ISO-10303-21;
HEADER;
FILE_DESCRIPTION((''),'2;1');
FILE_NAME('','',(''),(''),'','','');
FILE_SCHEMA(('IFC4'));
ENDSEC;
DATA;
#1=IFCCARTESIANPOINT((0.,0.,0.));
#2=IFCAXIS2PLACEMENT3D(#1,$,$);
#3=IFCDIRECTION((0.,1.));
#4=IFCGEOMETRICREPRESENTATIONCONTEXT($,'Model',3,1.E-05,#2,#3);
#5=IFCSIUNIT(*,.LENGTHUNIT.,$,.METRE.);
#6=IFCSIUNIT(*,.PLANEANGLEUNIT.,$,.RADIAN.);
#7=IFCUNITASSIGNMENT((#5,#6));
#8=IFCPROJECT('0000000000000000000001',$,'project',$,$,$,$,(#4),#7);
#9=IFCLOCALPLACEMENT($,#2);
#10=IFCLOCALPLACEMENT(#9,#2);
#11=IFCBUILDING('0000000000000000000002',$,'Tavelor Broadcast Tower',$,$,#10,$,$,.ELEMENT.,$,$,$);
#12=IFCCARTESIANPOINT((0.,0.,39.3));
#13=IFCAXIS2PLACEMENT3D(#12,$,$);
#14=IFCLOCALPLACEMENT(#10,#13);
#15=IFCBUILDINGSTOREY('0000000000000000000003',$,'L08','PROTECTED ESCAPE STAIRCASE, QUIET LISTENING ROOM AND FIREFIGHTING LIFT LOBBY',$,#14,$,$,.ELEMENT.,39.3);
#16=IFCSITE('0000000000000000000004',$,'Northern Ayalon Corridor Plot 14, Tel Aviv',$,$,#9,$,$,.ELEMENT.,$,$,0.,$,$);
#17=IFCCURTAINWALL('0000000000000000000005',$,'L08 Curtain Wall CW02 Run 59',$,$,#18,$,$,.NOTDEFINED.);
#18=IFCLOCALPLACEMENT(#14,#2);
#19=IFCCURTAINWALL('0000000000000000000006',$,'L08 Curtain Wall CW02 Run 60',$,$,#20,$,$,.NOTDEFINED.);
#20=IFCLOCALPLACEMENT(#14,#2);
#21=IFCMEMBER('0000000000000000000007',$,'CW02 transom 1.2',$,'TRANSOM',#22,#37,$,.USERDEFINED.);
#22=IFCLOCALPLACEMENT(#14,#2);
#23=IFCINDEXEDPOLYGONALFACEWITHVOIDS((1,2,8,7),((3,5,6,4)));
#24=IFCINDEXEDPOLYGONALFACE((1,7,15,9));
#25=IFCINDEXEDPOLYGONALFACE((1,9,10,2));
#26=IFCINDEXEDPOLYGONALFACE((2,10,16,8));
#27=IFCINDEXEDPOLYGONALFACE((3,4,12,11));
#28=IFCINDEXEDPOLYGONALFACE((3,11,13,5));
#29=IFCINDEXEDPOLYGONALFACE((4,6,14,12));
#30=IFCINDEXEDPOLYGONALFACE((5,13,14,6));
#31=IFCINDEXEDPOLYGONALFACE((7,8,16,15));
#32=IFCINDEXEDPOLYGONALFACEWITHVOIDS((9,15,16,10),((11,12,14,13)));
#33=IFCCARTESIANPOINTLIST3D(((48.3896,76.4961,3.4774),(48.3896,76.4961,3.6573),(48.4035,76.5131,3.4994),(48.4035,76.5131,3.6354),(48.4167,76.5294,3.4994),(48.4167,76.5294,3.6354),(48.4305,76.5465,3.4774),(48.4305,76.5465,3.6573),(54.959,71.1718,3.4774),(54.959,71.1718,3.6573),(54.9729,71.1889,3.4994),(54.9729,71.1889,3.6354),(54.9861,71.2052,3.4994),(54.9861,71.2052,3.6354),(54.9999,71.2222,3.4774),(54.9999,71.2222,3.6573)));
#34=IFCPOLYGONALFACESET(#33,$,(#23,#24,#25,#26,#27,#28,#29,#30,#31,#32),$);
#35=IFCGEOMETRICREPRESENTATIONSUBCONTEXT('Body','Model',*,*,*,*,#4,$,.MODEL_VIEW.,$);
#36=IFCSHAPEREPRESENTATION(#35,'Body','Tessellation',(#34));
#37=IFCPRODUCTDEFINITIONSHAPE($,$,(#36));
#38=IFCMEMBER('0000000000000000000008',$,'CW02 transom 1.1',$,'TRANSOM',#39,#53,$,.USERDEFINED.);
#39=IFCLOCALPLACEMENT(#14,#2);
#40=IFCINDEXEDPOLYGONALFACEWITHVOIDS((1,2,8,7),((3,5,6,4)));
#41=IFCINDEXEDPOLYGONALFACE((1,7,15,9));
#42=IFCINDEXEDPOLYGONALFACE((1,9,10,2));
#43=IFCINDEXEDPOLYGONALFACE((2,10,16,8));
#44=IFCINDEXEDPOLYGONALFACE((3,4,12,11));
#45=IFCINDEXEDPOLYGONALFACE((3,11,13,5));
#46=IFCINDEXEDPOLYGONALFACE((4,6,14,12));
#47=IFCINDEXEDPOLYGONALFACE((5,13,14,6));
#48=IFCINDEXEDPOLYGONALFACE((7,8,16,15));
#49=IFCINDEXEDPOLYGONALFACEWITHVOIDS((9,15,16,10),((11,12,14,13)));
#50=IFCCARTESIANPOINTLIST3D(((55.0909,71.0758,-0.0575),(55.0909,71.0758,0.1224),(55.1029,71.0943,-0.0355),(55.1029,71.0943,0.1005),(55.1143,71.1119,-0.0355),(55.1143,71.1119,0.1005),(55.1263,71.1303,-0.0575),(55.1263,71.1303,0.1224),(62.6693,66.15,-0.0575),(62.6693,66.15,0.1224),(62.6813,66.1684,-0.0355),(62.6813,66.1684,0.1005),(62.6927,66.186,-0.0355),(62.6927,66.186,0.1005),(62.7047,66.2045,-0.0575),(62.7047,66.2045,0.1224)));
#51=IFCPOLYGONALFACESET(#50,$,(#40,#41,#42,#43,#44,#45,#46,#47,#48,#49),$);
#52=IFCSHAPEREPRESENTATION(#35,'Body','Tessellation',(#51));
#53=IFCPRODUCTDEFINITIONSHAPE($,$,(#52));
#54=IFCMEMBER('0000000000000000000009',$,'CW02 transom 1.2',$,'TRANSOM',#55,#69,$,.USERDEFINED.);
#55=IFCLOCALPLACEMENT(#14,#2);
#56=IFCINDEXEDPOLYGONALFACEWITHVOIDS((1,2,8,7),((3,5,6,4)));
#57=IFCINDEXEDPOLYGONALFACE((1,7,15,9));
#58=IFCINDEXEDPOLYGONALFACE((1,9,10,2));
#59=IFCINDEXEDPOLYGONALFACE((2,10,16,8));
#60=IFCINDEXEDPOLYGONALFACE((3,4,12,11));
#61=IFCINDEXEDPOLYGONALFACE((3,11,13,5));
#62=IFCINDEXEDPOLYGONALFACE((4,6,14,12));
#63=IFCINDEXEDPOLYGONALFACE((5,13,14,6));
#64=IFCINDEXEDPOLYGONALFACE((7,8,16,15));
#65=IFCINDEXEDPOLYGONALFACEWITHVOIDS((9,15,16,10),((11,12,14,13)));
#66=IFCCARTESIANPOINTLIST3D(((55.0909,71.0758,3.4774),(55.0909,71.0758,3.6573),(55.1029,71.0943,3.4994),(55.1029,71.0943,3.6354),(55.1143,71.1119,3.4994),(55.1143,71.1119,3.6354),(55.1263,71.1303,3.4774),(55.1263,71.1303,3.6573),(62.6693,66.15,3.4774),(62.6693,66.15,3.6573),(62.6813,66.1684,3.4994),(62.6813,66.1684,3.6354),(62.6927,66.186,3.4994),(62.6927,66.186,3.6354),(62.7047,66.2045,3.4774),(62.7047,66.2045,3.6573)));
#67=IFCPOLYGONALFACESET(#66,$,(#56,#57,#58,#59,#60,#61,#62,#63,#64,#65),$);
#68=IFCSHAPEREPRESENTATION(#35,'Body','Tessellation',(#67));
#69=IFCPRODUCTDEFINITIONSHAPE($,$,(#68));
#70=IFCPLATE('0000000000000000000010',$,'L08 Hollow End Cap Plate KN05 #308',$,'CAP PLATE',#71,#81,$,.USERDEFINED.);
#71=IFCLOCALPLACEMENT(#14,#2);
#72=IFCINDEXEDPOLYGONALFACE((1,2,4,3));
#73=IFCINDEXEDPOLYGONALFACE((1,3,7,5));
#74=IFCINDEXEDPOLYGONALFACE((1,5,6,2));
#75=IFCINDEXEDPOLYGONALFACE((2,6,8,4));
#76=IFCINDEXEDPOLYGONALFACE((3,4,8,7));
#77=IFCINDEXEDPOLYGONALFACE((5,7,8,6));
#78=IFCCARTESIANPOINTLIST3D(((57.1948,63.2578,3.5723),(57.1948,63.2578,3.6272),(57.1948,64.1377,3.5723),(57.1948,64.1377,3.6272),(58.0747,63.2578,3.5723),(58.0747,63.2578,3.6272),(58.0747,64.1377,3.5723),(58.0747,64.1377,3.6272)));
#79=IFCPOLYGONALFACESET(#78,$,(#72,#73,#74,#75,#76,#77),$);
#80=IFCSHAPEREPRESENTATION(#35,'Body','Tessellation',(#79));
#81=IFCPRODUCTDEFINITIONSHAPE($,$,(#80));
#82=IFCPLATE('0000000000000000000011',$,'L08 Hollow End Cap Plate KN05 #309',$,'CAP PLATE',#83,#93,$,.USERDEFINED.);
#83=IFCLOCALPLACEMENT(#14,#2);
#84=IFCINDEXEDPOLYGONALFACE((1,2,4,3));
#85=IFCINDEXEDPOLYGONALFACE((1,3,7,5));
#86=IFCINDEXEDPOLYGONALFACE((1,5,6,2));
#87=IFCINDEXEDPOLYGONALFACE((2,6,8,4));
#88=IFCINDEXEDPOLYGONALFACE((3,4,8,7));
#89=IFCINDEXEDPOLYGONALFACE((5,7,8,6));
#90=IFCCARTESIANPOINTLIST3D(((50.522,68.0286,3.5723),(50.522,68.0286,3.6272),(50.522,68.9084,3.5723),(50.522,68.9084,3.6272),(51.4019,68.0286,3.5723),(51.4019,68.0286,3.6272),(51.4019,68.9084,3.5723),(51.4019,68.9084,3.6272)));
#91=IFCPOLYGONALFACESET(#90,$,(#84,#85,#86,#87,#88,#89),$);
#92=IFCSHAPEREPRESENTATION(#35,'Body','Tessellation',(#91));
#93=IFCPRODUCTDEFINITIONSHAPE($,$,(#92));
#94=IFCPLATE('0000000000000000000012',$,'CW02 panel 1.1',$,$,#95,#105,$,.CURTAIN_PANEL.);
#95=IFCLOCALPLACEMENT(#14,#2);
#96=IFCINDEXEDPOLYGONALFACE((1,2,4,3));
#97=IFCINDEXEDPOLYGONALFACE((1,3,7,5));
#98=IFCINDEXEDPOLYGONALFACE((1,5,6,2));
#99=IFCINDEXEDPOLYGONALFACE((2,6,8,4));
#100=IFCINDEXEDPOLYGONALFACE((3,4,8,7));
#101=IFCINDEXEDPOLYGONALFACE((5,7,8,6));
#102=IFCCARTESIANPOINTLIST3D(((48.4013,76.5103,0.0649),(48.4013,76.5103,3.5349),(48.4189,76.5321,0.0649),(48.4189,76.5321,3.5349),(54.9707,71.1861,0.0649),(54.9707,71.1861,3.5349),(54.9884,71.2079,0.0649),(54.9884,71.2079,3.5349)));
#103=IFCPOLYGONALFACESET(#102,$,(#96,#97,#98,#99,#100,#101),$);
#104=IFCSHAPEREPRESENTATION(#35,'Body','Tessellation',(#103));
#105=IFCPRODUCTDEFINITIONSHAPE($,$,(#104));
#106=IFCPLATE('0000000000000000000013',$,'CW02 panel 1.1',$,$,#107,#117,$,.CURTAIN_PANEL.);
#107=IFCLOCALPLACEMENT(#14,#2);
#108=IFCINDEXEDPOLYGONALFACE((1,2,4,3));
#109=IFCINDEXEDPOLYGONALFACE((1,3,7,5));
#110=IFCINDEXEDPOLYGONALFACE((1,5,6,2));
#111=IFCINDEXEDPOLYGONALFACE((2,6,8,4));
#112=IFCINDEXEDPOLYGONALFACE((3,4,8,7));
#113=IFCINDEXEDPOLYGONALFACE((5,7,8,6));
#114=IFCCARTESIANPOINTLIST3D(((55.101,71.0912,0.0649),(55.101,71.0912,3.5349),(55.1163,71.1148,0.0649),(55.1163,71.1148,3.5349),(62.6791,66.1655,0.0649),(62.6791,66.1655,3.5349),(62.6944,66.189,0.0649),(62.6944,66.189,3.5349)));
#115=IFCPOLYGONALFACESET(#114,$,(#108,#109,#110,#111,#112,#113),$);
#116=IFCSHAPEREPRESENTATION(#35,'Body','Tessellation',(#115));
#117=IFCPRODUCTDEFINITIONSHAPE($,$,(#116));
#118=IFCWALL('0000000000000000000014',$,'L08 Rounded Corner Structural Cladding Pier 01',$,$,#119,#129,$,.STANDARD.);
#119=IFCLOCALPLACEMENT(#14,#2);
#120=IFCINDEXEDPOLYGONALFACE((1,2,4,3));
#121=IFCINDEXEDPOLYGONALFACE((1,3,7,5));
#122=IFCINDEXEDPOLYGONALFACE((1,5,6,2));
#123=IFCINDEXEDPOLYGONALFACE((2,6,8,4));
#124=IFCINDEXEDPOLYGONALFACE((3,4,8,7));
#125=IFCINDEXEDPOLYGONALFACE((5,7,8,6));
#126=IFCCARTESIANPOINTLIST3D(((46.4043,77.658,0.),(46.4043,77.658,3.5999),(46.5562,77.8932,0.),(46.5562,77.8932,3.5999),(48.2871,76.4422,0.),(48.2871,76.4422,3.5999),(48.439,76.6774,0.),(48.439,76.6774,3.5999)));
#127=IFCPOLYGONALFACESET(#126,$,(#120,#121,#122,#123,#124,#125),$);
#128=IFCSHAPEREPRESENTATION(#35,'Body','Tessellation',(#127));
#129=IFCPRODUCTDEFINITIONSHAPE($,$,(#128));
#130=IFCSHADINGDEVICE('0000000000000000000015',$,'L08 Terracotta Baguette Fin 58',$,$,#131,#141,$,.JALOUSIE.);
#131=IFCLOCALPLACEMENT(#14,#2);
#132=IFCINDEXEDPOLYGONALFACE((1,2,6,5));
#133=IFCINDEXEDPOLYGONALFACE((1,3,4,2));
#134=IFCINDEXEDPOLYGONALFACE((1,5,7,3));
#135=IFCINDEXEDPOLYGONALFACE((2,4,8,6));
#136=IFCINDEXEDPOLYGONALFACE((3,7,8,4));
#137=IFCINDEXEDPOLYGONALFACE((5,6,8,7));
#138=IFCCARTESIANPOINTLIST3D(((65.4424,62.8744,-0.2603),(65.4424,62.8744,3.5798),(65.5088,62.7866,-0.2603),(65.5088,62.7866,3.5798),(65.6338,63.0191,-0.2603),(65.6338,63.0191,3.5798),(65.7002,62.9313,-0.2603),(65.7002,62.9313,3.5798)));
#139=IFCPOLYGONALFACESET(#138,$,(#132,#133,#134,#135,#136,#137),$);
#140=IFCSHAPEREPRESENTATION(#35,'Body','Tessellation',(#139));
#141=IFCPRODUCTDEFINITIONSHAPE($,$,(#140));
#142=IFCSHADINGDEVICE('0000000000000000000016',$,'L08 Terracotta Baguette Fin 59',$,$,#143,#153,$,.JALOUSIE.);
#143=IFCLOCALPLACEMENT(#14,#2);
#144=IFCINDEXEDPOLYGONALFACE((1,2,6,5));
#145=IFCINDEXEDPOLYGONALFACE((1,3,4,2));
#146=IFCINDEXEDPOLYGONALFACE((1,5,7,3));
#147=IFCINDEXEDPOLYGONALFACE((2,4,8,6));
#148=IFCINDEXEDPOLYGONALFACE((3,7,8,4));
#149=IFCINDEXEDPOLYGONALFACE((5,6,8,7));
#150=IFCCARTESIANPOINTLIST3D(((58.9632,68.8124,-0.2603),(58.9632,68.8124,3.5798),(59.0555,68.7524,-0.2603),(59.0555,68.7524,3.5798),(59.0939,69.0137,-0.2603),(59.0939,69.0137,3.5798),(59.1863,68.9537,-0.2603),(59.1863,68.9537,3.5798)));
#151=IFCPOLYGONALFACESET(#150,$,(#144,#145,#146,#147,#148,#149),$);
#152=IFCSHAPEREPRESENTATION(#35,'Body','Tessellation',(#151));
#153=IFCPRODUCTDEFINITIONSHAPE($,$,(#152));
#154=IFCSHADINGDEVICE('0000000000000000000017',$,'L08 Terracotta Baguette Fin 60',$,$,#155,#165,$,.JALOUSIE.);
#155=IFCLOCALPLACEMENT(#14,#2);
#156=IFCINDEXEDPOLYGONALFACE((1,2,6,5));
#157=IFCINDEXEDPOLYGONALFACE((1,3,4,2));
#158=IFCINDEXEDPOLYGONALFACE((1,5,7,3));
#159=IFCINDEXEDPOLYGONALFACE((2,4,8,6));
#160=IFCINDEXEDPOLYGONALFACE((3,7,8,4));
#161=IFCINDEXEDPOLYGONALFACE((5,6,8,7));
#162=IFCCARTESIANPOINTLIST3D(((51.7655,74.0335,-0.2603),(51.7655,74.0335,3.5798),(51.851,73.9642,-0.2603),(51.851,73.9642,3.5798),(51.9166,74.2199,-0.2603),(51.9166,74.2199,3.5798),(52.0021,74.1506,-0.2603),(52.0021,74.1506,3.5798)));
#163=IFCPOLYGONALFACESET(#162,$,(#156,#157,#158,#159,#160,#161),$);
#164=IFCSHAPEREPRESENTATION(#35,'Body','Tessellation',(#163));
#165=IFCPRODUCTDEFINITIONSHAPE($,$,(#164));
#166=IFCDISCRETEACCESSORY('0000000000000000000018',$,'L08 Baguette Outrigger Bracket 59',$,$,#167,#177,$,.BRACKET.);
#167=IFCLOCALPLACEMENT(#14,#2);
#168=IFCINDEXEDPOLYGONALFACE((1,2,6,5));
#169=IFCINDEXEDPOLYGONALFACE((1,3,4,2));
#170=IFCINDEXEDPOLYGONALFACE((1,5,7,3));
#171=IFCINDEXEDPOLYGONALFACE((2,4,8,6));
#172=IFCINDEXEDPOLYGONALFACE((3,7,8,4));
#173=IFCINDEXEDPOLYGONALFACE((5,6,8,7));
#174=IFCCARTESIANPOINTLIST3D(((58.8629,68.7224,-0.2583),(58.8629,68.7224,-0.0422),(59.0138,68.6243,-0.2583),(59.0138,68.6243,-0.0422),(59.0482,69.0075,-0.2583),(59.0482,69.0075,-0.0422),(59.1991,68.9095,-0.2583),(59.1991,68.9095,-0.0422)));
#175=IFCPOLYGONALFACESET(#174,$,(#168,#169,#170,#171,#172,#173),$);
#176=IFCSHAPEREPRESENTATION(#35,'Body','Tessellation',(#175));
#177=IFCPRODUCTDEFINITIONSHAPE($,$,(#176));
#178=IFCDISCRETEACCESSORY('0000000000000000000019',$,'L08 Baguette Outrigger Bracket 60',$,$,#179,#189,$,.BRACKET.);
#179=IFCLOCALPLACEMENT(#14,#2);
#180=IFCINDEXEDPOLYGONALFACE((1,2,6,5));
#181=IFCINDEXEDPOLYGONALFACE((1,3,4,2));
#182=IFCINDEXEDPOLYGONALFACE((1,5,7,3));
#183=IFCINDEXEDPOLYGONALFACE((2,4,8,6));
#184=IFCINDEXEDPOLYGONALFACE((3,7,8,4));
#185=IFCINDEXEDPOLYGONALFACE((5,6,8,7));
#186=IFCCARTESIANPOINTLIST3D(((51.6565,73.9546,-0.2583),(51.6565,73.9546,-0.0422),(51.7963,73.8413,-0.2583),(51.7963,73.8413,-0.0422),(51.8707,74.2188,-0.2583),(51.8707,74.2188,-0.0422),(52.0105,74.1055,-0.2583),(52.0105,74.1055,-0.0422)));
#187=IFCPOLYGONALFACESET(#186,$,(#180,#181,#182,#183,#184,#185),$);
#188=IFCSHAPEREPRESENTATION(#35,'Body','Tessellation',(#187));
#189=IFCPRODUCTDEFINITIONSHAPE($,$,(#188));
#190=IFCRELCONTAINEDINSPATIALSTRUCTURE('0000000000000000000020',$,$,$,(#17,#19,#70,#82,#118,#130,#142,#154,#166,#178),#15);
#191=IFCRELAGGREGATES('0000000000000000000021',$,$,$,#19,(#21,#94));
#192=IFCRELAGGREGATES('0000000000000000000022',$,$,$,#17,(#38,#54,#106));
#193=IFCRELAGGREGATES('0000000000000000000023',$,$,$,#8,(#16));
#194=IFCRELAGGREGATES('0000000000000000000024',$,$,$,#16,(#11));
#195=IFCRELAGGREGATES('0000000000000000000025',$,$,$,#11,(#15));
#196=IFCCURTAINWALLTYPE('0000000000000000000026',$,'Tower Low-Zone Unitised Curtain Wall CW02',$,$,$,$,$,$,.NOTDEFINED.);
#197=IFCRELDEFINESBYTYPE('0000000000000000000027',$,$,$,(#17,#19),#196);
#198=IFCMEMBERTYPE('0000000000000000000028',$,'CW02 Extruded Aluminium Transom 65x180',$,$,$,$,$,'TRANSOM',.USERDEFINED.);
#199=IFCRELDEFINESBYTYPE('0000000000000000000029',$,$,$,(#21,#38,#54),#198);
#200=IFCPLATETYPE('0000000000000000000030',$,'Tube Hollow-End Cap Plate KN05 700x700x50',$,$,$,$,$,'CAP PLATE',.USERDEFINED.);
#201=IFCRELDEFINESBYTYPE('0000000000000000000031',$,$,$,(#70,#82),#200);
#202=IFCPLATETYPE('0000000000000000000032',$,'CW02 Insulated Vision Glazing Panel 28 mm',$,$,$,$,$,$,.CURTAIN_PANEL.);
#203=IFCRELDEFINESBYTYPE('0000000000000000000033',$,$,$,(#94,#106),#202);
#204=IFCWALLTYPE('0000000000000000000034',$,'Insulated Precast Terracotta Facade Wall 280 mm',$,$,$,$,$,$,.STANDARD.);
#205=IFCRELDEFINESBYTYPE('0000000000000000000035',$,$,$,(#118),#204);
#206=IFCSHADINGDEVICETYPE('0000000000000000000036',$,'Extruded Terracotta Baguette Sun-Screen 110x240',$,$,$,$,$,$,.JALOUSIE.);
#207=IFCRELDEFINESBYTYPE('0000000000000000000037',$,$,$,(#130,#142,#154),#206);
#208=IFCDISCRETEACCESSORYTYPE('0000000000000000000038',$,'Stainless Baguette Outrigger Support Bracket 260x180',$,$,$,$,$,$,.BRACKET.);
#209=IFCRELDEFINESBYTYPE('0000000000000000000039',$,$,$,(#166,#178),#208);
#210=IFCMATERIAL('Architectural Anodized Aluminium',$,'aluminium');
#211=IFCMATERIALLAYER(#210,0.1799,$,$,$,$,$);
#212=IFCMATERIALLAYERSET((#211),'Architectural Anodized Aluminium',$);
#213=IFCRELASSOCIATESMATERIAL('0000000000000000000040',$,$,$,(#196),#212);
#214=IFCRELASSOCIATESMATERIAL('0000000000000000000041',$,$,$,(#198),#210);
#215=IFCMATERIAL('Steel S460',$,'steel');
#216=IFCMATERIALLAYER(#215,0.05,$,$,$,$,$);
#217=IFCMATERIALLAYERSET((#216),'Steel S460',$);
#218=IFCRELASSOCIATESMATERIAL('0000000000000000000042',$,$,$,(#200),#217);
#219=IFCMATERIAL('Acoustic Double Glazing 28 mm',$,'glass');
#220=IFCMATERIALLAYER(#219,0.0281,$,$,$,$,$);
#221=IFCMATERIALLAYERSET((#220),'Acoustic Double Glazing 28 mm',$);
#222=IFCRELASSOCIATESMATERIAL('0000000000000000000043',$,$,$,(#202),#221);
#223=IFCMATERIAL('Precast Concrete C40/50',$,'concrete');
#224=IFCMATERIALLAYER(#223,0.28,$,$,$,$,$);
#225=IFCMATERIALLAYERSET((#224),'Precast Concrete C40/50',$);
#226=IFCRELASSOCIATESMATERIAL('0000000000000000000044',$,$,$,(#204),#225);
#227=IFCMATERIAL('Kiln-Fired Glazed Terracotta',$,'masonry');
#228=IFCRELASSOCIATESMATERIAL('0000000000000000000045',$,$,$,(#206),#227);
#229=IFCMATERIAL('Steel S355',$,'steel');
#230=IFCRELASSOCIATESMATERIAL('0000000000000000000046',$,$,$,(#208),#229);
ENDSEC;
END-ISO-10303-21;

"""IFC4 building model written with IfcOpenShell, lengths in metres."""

from ifc_helpers import new_model, si_unit, direction, frame, frame_2d, origin, origin_2d, place, context, subcontext, project, spatial, rectangle, hollow_rectangle, extrude, source, transform, mapped, material, layer, layer_set, material_profile, profile_set, type_object, type_shapes, element, aggregate, save


model = new_model("IFC4")

# Units and contexts
model_context = context("Model", 3, precision=1e-05, world=origin(), true_north=direction((0.0, 1.0)))
body_context = subcontext(model_context, "Body", "Model", "MODEL_VIEW")
ifc_project = project(units=[si_unit("LENGTHUNIT", "METRE"), si_unit("PLANEANGLEUNIT", "RADIAN")], contexts=[model_context])

# Site, building, storey
site_placement = place(None, origin())
site = spatial("IfcSite", under=ifc_project, at=site_placement, Name="Northern Ayalon Corridor Plot 14, Tel Aviv", CompositionType="ELEMENT", RefElevation=0.0)
building_placement = place(site_placement, origin())
building = spatial("IfcBuilding", under=site, at=building_placement, Name="Tavelor Broadcast Tower", CompositionType="ELEMENT")
storey_placement = place(building_placement, frame((0.0, 0.0, 39.3)))
storey = spatial("IfcBuildingStorey", under=building, at=storey_placement, Name="L08", Description="PROTECTED ESCAPE STAIRCASE, QUIET LISTENING ROOM AND FIREFIGHTING LIFT LOBBY", CompositionType="ELEMENT", Elevation=39.3)

# Shared definitions
ifc_material_1 = material(Name="Steel S460", Category="steel")

# Shared definitions
ifc_material_2 = material(Name="Steel S355", Category="steel")

# Shared definitions
ifc_material_3 = material(Name="Architectural Anodized Aluminium", Category="aluminium")
ifc_layer_1 = layer(ifc_material_3, 0.1799)
ifc_layer_set_1 = layer_set([ifc_layer_1], Name="Architectural Anodized Aluminium")
curtain_wall_type = type_object("IfcCurtainWallType", Name="Tower Low-Zone Unitised Curtain Wall CW02", PredefinedType="NOTDEFINED", material=ifc_layer_set_1)

# Curtain walls, member
curtain_wall_1_placement = place(storey_placement, origin())
curtain_wall_1 = element("IfcCurtainWall", 1, at=curtain_wall_1_placement, inside=storey, type_object=curtain_wall_type, Name="L08 Curtain Wall CW02 Run 59", PredefinedType="NOTDEFINED")
curtain_wall_2_placement = place(storey_placement, origin())
curtain_wall_2 = element("IfcCurtainWall", 2, at=curtain_wall_2_placement, inside=storey, type_object=curtain_wall_type, Name="L08 Curtain Wall CW02 Run 60", PredefinedType="NOTDEFINED")
ifc_material_profile_1 = material_profile(ifc_material_3, hollow_rectangle(XDim=0.0649, YDim=0.1799, WallThickness=0.022, at=origin_2d()), Name="RHS 65x180x22")
ifc_profile_set_1 = profile_set([ifc_material_profile_1], Name="Architectural Anodized Aluminium")
member_type_1 = type_object("IfcMemberType", Name="CW02 Extruded Aluminium Transom 65x180", ElementType="TRANSOM", PredefinedType="USERDEFINED", material=ifc_profile_set_1)
shared_shape_1 = source(origin(), body_context, "Body", "SweptSolid", [
    extrude(hollow_rectangle(XDim=0.0649, YDim=0.1799, WallThickness=0.022, at=origin_2d()), origin(), (0.0, 0.0, 1.0), 8.4561),
])
member_1_placement = place(storey_placement, frame((54.9795, 71.197, 3.5674), z_axis=(-0.776887, 0.62964, 0.0), x_axis=(-0.62964, -0.776887, 0.0)))
member_1 = element("IfcMember", 3, at=member_1_placement, type_object=member_type_1, Name="CW02 transom 1.2", ObjectType="TRANSOM", PredefinedType="USERDEFINED", context=body_context, shape_type="MappedRepresentation", body=[
    mapped(shared_shape_1, transform((0.0, 0.0, 0.0), scale=1.0)),
])

# Members
shared_shape_2 = source(origin(), body_context, "Body", "SweptSolid", [
    extrude(hollow_rectangle(XDim=0.0649, YDim=0.1799, WallThickness=0.022, at=origin_2d()), origin(), (0.0, 0.0, 1.0), 9.0386),
])
type_shapes(member_type_1, [shared_shape_1, shared_shape_2])
member_2_placement = place(storey_placement, frame((62.687, 66.1772, 0.0325), z_axis=(-0.838452, 0.544976, 0.0), x_axis=(-0.544976, -0.838452, 0.0)))
member_2 = element("IfcMember", 4, at=member_2_placement, type_object=member_type_1, Name="CW02 transom 1.1", ObjectType="TRANSOM", PredefinedType="USERDEFINED", context=body_context, shape_type="MappedRepresentation", body=[
    mapped(shared_shape_2, transform((0.0, 0.0, 0.0), scale=1.0)),
])
member_3_placement = place(storey_placement, frame((62.687, 66.1772, 3.5674), z_axis=(-0.838452, 0.544976, 0.0), x_axis=(-0.544976, -0.838452, 0.0)))
member_3 = element("IfcMember", 5, at=member_3_placement, type_object=member_type_1, Name="CW02 transom 1.2", ObjectType="TRANSOM", PredefinedType="USERDEFINED", context=body_context, shape_type="MappedRepresentation", body=[
    mapped(shared_shape_2, transform((0.0, 0.0, 0.0), scale=1.0)),
])

# Plates
ifc_layer_2 = layer(ifc_material_1, 0.05)
ifc_layer_set_2 = layer_set([ifc_layer_2], Name="Steel S460")
plate_type_1 = type_object("IfcPlateType", Name="Tube Hollow-End Cap Plate KN05 700x700x50", ElementType="CAP PLATE", PredefinedType="USERDEFINED", material=ifc_layer_set_2)
shared_shape_3 = source(origin(), body_context, "Body", "SweptSolid", [
    extrude(rectangle(XDim=0.8799, YDim=0.8799, at=origin_2d()), origin(), (0.0, 0.0, 1.0), 0.0549),
])
type_shapes(plate_type_1, [shared_shape_3])
for number, where, z_axis, x_axis, name in (
    (6, (57.6348, 63.6978, 3.5723), (0.0, 0.0, 1.0), (1.0, 0.0, 0.0), "L08 Hollow End Cap Plate KN05 #308"),
    (7, (50.9619, 68.4685, 3.5723), (0.0, 0.0, 1.0), (1.0, 0.0, 0.0), "L08 Hollow End Cap Plate KN05 #309"),
):
    element("IfcPlate", number, at=place(storey_placement, frame(where, z_axis=z_axis, x_axis=x_axis)), inside=storey, type_object=plate_type_1, Name=name, ObjectType="CAP PLATE", PredefinedType="USERDEFINED", context=body_context, shape_type="MappedRepresentation", body=[
        mapped(shared_shape_3, transform((0.0, 0.0, 0.0), scale=1.0)),
    ])

# Plates
ifc_material_4 = material(Name="Acoustic Double Glazing 28 mm", Category="glass")
ifc_layer_3 = layer(ifc_material_4, 0.0281)
ifc_layer_set_3 = layer_set([ifc_layer_3], Name="Acoustic Double Glazing 28 mm")
plate_type_2 = type_object("IfcPlateType", Name="CW02 Insulated Vision Glazing Panel 28 mm", PredefinedType="CURTAIN_PANEL", material=ifc_layer_set_3)
shared_shape_4 = source(origin(), body_context, "Body", "SweptSolid", [
    extrude(rectangle(XDim=8.4561, YDim=0.0281, at=origin_2d()), origin(), (0.0, 0.0, 1.0), 3.47),
])
plate_1_placement = place(storey_placement, frame((51.6948, 73.8591, 0.0649), z_axis=(0.0, 0.0, 1.0), x_axis=(-0.776894, 0.629631, 0.0)))
plate_1 = element("IfcPlate", 8, at=plate_1_placement, type_object=plate_type_2, Name="CW02 panel 1.1", PredefinedType="CURTAIN_PANEL", context=body_context, shape_type="MappedRepresentation", body=[
    mapped(shared_shape_4, transform((0.0, 0.0, 0.0), scale=1.0)),
])
aggregate(curtain_wall_2, [member_1, plate_1])
shared_shape_5 = source(origin(), body_context, "Body", "SweptSolid", [
    extrude(rectangle(XDim=9.0383, YDim=0.0281, at=origin_2d()), origin(), (0.0, 0.0, 1.0), 3.47),
])
type_shapes(plate_type_2, [shared_shape_4, shared_shape_5])
plate_2_placement = place(storey_placement, frame((58.8977, 68.6401, 0.0649), z_axis=(0.0, 0.0, 1.0), x_axis=(-0.838448, 0.544982, 0.0)))
plate_2 = element("IfcPlate", 9, at=plate_2_placement, type_object=plate_type_2, Name="CW02 panel 1.1", PredefinedType="CURTAIN_PANEL", context=body_context, shape_type="MappedRepresentation", body=[
    mapped(shared_shape_5, transform((0.0, 0.0, 0.0), scale=1.0)),
])
aggregate(curtain_wall_1, [member_2, member_3, plate_2])

# Wall
ifc_material_5 = material(Name="Precast Concrete C40/50", Category="concrete")
ifc_layer_4 = layer(ifc_material_5, 0.28)
ifc_layer_set_4 = layer_set([ifc_layer_4], Name="Precast Concrete C40/50")
wall_type = type_object("IfcWallType", Name="Insulated Precast Terracotta Facade Wall 280 mm", PredefinedType="STANDARD", material=ifc_layer_set_4)
wall_placement = place(storey_placement, frame((48.363, 76.5598, 0.0), z_axis=(0.0, 0.0, 1.0), x_axis=(-0.840072, 0.542474, 0.0)))
element("IfcWall", 10, at=wall_placement, inside=storey, type_object=wall_type, Name="L08 Rounded Corner Structural Cladding Pier 01", PredefinedType="STANDARD", context=body_context, shape_type="SweptSolid", body=[
    extrude(rectangle(XDim=2.2412, YDim=0.28, at=frame_2d((1.1206, 0.0))), origin(), (0.0, 0.0, 1.0), 3.5999),
])

# Shading devices
ifc_material_6 = material(Name="Kiln-Fired Glazed Terracotta", Category="masonry")
shading_device_type = type_object("IfcShadingDeviceType", Name="Extruded Terracotta Baguette Sun-Screen 110x240", PredefinedType="JALOUSIE", material=ifc_material_6)
shared_shape_6 = source(origin(), body_context, "Body", "SweptSolid", [
    extrude(rectangle(XDim=0.1101, YDim=0.24, at=origin_2d()), origin(), (0.0, 0.0, 1.0), 3.8401),
])
type_shapes(shading_device_type, [shared_shape_6])
for number, where, z_axis, x_axis, name in (
    (11, (65.5713, 62.9028, -0.2603), (0.0, 0.0, 1.0), (-0.60293, 0.797794, 0.0), "L08 Terracotta Baguette Fin 58"),
    (12, (59.0747, 68.8831, -0.2603), (0.0, 0.0, 1.0), (-0.83848, 0.544932, 0.0), "L08 Terracotta Baguette Fin 59"),
    (13, (51.8838, 74.092, -0.2603), (0.0, 0.0, 1.0), (-0.776926, 0.629592, 0.0), "L08 Terracotta Baguette Fin 60"),
):
    element("IfcShadingDevice", number, at=place(storey_placement, frame(where, z_axis=z_axis, x_axis=x_axis)), inside=storey, type_object=shading_device_type, Name=name, PredefinedType="JALOUSIE", context=body_context, shape_type="MappedRepresentation", body=[
        mapped(shared_shape_6, transform((0.0, 0.0, 0.0), scale=1.0)),
    ])

# Discrete accessories
discrete_accessory_type = type_object("IfcDiscreteAccessoryType", Name="Stainless Baguette Outrigger Support Bracket 260x180", PredefinedType="BRACKET", material=ifc_material_2)
shared_shape_7 = source(origin(), body_context, "Body", "SweptSolid", [
    extrude(rectangle(XDim=0.1799, YDim=0.3401, at=origin_2d()), origin(), (0.0, 0.0, 1.0), 0.2161),
])
type_shapes(discrete_accessory_type, [shared_shape_7])
for number, where, z_axis, x_axis, name in (
    (14, (59.031, 68.8159, -0.2583), (0.0, 0.0, 1.0), (-0.83848, 0.544932, 0.0), "L08 Baguette Outrigger Bracket 59"),
    (15, (51.8335, 74.03, -0.2583), (0.0, 0.0, 1.0), (-0.776926, 0.629592, 0.0), "L08 Baguette Outrigger Bracket 60"),
):
    element("IfcDiscreteAccessory", number, at=place(storey_placement, frame(where, z_axis=z_axis, x_axis=x_axis)), inside=storey, type_object=discrete_accessory_type, Name=name, PredefinedType="BRACKET", context=body_context, shape_type="MappedRepresentation", body=[
        mapped(shared_shape_7, transform((0.0, 0.0, 0.0), scale=1.0)),
    ])

save(model, "model.ifc")
